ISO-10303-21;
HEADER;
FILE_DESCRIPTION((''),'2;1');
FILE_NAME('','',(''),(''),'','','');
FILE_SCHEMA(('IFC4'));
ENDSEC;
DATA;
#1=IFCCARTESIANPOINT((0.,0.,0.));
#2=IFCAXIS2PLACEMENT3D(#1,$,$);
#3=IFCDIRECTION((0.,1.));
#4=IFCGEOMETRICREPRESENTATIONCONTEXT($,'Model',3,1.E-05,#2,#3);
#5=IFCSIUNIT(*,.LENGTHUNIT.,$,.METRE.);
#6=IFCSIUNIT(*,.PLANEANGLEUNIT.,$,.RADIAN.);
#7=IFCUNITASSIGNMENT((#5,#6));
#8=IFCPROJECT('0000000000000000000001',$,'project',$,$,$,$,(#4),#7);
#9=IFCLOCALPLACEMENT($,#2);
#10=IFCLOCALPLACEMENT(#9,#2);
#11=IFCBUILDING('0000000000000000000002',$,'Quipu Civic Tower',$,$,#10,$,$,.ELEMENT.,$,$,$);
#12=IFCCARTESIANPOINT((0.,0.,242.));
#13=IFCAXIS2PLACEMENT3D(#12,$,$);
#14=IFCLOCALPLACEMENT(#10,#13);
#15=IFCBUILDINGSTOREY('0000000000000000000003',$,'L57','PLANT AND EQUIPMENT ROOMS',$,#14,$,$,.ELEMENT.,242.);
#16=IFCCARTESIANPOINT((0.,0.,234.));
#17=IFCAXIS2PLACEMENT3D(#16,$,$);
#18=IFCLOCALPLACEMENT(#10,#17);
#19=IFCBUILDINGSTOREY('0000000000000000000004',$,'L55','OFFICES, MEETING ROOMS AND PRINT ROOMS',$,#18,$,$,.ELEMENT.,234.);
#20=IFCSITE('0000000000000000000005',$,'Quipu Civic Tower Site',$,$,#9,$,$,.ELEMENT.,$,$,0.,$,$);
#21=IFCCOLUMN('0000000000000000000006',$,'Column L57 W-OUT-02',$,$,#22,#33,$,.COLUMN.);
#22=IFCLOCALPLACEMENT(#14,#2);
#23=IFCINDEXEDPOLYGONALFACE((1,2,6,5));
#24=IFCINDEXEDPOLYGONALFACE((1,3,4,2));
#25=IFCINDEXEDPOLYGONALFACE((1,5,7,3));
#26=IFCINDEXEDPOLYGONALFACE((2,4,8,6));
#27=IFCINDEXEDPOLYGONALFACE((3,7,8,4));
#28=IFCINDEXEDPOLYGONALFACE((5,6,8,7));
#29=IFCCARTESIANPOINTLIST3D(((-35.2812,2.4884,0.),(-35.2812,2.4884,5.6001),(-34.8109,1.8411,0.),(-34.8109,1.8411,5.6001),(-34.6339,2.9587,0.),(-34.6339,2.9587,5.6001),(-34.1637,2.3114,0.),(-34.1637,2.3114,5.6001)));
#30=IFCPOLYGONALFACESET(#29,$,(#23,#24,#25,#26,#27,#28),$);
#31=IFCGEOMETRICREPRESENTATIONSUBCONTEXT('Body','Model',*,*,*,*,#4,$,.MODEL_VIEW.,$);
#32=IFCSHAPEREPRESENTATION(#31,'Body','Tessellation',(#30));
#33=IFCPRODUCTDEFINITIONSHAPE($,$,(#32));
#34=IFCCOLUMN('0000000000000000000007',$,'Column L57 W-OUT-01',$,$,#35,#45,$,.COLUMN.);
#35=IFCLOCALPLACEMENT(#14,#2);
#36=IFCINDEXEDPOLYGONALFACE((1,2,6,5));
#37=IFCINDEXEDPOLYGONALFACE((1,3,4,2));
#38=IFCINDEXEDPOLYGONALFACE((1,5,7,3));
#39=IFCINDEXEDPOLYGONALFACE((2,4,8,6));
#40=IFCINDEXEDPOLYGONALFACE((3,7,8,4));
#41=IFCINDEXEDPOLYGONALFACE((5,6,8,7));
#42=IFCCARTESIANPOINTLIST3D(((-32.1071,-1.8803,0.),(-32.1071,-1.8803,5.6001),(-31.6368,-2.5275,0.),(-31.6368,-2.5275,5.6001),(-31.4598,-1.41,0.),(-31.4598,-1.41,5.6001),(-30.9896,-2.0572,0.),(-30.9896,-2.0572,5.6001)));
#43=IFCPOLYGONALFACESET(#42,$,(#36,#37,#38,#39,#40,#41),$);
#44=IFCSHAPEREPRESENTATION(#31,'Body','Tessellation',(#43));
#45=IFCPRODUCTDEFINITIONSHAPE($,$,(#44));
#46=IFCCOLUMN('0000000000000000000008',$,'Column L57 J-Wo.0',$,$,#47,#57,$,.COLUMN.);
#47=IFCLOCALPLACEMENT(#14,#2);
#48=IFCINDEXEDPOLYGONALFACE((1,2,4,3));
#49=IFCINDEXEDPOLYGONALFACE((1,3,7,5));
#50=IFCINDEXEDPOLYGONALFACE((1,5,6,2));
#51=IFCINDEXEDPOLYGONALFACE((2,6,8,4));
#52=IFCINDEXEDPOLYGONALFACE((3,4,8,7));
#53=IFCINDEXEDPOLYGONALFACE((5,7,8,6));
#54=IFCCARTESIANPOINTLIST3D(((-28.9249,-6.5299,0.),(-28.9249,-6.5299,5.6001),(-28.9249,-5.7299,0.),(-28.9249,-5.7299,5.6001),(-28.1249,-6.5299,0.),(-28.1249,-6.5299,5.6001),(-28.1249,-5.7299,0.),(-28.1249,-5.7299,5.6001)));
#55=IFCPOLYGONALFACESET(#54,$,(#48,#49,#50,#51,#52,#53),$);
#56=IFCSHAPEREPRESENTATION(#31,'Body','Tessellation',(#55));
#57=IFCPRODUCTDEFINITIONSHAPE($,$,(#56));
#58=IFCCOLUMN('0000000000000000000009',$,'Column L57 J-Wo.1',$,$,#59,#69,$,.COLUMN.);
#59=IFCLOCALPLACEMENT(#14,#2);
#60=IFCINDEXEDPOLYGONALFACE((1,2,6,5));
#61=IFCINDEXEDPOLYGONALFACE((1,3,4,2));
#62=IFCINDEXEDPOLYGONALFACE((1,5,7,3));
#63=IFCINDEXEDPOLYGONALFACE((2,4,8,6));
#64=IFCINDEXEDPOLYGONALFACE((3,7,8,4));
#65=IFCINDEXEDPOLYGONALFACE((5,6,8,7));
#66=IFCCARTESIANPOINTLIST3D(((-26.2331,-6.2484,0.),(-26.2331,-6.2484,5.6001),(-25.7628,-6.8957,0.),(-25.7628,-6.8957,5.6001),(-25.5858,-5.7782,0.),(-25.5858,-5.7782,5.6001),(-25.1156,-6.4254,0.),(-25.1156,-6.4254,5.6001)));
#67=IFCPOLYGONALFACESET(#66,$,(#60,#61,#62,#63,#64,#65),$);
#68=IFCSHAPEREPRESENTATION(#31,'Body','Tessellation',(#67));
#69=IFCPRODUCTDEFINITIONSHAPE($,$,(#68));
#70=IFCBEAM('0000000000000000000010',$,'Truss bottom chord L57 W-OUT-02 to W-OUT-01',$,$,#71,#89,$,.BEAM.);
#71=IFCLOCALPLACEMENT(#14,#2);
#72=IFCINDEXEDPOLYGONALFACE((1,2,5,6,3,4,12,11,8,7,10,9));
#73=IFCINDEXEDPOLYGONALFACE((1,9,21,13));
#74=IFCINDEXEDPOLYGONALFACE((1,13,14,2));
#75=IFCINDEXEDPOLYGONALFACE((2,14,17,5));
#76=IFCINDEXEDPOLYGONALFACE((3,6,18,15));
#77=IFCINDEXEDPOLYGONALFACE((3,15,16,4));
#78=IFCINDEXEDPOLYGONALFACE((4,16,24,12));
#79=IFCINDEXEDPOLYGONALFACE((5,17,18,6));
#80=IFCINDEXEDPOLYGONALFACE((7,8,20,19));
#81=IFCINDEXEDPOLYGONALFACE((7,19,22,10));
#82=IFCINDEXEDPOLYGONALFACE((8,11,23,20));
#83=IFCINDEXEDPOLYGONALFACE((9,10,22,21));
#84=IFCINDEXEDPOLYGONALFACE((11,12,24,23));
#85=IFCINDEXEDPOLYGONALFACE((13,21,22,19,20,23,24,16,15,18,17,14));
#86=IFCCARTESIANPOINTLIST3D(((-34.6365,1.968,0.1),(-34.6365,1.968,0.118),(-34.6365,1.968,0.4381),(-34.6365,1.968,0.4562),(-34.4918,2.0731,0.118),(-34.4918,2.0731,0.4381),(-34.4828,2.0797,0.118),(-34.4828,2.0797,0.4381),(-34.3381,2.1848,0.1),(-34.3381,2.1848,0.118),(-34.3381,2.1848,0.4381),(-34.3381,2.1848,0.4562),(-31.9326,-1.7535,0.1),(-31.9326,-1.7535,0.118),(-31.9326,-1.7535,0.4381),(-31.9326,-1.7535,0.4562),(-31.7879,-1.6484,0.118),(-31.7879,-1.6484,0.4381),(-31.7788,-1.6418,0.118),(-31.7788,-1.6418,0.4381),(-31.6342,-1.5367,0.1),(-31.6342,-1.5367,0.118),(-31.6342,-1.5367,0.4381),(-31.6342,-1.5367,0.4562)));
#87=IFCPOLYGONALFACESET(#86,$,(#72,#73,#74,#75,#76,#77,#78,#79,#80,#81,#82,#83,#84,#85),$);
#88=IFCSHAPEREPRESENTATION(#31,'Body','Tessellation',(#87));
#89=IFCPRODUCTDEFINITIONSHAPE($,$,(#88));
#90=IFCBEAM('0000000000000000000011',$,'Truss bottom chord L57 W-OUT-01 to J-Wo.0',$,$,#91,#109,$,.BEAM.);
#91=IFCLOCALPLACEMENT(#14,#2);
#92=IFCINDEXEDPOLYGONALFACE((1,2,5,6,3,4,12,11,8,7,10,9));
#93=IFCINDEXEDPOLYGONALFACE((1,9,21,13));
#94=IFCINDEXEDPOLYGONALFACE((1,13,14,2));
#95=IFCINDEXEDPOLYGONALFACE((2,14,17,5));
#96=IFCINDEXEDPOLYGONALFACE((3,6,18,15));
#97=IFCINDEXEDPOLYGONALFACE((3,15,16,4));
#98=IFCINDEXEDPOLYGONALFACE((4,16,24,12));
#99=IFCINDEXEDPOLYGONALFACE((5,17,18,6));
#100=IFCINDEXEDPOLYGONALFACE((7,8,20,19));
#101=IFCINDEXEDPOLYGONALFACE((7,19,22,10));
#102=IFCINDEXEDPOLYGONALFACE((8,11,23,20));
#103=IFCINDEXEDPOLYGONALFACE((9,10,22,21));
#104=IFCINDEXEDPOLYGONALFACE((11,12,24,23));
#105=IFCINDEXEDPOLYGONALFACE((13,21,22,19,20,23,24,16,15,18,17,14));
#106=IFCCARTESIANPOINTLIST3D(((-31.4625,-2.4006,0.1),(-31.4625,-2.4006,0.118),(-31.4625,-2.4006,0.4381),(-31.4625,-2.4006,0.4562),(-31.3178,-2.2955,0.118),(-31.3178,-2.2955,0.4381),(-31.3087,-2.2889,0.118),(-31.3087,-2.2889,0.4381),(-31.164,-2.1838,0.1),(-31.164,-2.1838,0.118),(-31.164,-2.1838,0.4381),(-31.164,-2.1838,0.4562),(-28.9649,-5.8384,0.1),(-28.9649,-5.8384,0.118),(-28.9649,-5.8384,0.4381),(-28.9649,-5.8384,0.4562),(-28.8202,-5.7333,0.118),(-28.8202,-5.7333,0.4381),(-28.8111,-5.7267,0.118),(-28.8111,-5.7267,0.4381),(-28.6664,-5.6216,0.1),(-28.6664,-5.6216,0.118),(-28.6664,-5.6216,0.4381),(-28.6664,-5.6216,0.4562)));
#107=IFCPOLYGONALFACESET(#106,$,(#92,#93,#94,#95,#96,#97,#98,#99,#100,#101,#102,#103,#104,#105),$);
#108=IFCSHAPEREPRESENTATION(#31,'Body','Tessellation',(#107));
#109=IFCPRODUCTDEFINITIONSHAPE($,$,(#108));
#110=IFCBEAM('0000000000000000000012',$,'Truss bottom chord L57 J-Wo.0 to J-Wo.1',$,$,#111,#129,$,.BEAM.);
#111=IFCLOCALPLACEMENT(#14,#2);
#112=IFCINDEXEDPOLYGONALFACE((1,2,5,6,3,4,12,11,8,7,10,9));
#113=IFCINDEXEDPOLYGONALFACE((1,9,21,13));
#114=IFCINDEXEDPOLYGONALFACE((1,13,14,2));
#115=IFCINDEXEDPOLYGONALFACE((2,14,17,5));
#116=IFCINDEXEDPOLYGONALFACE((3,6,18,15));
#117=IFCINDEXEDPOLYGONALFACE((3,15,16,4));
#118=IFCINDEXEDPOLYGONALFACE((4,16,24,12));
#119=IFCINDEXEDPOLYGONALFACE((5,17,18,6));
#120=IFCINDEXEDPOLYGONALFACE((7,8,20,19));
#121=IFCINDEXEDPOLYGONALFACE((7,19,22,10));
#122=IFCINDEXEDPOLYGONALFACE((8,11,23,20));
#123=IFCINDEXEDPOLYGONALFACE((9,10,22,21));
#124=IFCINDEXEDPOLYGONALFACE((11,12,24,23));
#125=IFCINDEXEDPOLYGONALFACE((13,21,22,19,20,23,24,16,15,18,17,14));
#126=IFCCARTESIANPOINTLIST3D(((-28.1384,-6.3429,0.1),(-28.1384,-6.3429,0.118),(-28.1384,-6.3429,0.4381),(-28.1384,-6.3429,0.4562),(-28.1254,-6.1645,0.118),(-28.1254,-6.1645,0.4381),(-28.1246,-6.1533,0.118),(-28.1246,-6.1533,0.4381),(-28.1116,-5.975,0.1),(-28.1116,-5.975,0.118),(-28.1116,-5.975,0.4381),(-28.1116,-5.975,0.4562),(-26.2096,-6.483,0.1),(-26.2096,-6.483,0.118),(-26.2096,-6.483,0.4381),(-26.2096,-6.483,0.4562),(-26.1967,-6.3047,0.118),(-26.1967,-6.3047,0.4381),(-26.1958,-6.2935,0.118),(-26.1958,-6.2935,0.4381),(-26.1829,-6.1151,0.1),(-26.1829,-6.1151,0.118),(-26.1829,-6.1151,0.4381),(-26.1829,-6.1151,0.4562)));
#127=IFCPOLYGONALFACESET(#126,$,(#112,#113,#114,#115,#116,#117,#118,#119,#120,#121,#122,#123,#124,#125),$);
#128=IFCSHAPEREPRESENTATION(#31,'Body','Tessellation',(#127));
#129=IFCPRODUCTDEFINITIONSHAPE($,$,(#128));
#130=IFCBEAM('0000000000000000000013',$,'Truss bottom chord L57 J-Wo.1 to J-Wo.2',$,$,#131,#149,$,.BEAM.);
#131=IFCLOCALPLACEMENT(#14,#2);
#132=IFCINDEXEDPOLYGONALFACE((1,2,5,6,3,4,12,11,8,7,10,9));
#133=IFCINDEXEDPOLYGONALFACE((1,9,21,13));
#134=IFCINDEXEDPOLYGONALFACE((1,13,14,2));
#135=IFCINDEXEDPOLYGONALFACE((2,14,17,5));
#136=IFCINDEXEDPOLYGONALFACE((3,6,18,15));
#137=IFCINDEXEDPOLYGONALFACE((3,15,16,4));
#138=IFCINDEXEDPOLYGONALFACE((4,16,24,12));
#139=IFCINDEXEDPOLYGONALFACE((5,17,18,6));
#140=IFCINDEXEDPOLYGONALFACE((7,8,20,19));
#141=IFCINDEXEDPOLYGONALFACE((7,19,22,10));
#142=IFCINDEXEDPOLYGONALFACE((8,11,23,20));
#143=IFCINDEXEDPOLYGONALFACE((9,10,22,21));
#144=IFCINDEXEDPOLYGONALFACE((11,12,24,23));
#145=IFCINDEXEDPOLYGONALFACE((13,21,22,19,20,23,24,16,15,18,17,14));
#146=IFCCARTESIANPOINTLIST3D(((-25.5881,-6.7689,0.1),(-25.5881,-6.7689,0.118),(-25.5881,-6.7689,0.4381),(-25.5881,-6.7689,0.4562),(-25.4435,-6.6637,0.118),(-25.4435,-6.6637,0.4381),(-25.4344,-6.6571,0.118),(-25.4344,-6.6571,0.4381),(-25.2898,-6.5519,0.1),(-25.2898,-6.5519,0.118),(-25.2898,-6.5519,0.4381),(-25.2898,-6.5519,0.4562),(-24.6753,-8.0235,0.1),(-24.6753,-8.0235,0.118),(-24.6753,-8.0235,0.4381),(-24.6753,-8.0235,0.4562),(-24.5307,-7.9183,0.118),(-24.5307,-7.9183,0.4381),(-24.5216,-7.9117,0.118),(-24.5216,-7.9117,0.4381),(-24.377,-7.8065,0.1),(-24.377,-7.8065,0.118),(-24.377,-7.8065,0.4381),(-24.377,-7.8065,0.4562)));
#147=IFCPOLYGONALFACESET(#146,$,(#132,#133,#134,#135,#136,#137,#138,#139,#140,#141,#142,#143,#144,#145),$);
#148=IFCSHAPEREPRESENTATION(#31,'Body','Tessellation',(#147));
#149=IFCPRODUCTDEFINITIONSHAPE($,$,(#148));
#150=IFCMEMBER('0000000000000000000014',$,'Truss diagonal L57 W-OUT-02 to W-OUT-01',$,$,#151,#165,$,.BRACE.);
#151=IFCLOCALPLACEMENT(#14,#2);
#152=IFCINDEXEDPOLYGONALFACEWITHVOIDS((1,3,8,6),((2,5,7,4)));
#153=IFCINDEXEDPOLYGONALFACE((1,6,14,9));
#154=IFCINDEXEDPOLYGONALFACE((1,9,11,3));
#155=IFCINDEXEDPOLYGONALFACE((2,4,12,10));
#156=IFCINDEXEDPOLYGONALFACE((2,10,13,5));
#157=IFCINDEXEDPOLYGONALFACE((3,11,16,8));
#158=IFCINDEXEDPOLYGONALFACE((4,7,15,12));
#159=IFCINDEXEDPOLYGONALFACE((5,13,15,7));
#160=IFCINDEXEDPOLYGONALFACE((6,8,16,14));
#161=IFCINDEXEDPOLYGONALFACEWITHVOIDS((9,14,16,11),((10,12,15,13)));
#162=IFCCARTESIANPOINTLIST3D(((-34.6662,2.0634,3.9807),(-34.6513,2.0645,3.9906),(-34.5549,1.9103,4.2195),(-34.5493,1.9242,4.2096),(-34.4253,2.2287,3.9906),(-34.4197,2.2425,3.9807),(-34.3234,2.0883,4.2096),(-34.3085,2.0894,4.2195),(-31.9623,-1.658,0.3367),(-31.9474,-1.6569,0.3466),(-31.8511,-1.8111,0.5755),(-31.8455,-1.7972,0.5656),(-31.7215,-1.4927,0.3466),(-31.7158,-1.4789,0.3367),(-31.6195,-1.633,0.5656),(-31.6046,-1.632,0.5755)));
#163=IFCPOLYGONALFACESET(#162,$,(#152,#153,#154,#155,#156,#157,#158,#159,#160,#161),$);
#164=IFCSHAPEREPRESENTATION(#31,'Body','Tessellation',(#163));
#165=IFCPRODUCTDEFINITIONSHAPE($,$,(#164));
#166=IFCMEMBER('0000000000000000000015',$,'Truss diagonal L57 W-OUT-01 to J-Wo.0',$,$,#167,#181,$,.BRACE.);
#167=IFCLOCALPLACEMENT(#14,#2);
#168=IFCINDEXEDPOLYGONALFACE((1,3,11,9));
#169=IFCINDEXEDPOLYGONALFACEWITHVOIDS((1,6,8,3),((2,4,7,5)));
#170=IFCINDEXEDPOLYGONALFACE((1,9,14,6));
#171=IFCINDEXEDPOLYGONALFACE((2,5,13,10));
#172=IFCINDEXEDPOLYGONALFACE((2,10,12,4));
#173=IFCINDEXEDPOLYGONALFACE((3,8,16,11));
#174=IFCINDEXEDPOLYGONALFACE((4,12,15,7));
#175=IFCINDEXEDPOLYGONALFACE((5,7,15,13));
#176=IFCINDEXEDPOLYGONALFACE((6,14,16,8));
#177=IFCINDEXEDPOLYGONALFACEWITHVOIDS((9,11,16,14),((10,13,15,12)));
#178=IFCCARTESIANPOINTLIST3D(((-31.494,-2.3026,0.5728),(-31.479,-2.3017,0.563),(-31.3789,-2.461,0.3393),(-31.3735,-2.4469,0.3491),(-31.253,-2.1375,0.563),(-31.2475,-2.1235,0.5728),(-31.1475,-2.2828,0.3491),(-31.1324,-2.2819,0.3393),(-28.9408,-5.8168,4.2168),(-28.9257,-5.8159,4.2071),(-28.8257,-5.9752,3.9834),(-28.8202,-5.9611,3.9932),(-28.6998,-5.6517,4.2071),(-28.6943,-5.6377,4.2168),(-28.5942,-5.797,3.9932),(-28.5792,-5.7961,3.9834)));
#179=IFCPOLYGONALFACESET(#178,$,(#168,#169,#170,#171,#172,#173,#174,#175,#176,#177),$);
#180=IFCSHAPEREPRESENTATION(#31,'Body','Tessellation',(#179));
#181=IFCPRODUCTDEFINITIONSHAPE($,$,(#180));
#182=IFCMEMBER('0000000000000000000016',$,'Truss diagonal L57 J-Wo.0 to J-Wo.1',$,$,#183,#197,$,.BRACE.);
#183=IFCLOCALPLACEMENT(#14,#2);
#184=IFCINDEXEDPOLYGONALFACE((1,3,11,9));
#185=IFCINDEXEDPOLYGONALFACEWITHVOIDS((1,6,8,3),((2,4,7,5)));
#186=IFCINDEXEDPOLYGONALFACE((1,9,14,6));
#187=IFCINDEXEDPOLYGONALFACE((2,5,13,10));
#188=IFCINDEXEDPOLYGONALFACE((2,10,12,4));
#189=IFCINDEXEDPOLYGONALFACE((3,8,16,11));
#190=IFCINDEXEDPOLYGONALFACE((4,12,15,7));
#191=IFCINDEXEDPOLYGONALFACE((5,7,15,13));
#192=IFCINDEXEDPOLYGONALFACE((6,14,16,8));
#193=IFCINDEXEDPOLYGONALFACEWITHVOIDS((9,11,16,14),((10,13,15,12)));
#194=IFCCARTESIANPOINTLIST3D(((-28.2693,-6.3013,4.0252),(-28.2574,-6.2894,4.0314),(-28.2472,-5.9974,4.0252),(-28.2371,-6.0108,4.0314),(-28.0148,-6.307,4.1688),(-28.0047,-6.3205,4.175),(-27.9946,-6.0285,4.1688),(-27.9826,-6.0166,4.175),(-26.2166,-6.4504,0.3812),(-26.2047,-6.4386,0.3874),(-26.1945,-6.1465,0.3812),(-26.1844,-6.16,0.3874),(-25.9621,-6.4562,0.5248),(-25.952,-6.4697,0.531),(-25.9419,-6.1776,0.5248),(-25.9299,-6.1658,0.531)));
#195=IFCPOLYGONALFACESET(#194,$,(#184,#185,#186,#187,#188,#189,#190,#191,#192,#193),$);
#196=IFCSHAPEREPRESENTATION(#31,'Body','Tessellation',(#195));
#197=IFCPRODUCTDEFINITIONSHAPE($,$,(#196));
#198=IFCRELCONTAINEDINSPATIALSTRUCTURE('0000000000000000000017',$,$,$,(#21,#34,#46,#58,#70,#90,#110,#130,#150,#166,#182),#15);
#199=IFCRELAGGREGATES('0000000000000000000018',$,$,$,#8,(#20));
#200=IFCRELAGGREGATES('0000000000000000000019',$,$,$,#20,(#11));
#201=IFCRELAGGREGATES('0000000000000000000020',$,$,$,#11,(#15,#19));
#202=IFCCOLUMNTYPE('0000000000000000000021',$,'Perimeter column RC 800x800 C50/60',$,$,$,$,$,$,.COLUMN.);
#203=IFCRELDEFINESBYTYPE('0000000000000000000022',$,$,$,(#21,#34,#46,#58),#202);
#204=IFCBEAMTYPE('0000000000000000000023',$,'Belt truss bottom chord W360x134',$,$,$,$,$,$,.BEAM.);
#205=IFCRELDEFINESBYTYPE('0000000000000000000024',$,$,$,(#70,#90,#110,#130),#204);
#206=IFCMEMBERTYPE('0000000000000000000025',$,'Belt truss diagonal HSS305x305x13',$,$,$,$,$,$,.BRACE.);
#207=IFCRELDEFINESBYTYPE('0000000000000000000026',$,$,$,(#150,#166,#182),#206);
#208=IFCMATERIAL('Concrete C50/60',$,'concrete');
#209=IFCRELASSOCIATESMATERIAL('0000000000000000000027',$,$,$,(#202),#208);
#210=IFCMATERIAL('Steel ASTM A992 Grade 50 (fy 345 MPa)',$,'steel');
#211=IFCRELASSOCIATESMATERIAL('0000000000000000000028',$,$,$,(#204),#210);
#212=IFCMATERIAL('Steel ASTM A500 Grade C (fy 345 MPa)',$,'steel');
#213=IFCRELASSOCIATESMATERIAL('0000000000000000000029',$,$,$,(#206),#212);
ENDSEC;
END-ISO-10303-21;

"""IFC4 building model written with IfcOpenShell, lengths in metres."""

from ifc_helpers import new_model, si_unit, direction, frame, origin, origin_2d, place, context, subcontext, project, spatial, rectangle, hollow_rectangle, i_section, extrude, material, material_profile, profile_set, type_object, element, save


model = new_model("IFC4")

# Units and contexts
model_context = context("Model", 3, precision=1e-05, world=origin(), true_north=direction((0.0, 1.0)))
body_context = subcontext(model_context, "Body", "Model", "MODEL_VIEW")
ifc_project = project(units=[si_unit("LENGTHUNIT", "METRE"), si_unit("PLANEANGLEUNIT", "RADIAN")], contexts=[model_context])

# Site, building, storey
site_placement = place(None, origin())
site = spatial("IfcSite", under=ifc_project, at=site_placement, Name="Quipu Civic Tower Site", CompositionType="ELEMENT", RefElevation=0.0)
building_placement = place(site_placement, origin())
building = spatial("IfcBuilding", under=site, at=building_placement, Name="Quipu Civic Tower", CompositionType="ELEMENT")
storey_1_placement = place(building_placement, frame((0.0, 0.0, 242.0)))
storey_1 = spatial("IfcBuildingStorey", under=building, at=storey_1_placement, Name="L57", Description="PLANT AND EQUIPMENT ROOMS", CompositionType="ELEMENT", Elevation=242.0)

# Columns
ifc_material_1 = material(Name="Concrete C50/60", Category="concrete")
ifc_material_profile_1 = material_profile(ifc_material_1, rectangle(XDim=0.8, YDim=0.8, at=origin_2d()), Name="RC800x800")
ifc_profile_set_1 = profile_set([ifc_material_profile_1], Name="Concrete C50/60")
column_type = type_object("IfcColumnType", Name="Perimeter column RC 800x800 C50/60", PredefinedType="COLUMN", material=ifc_profile_set_1)
for number, where, z_axis, x_axis, name in (
    (1, (-34.7224, 2.3999, 0.0), (0.0, 0.0, 1.0), (0.587785, -0.809017, 0.0), "Column L57 W-OUT-02"),
    (2, (-31.5483, -1.9688, 0.0), (0.0, 0.0, 1.0), (0.587785, -0.809017, 0.0), "Column L57 W-OUT-01"),
    (3, (-28.5249, -6.1299, 0.0), (0.0, 0.0, 1.0), (1.0, 0.0, 0.0), "Column L57 J-Wo.0"),
    (4, (-25.6743, -6.3369, 0.0), (0.0, 0.0, 1.0), (0.587785, -0.809017, 0.0), "Column L57 J-Wo.1"),
):
    element("IfcColumn", number, at=place(storey_1_placement, frame(where, z_axis=z_axis, x_axis=x_axis)), inside=storey_1, type_object=column_type, Name=name, PredefinedType="COLUMN", context=body_context, shape_type="SweptSolid", body=[
        extrude(rectangle(XDim=0.8, YDim=0.8, at=origin_2d()), origin(), (0.0, 0.0, 1.0), 5.6001),
    ])

# Beams
ifc_material_2 = material(Name="Steel ASTM A992 Grade 50 (fy 345 MPa)", Category="steel")
ifc_material_profile_2 = material_profile(ifc_material_2, i_section(OverallWidth=0.3689, OverallDepth=0.3562, WebThickness=0.0112, FlangeThickness=0.0181, at=origin_2d()), Name="W360x134")
ifc_profile_set_2 = profile_set([ifc_material_profile_2], Name="Steel ASTM A992 Grade 50 (fy 345 MPa)")
beam_type_1 = type_object("IfcBeamType", Name="Belt truss bottom chord W360x134", PredefinedType="BEAM", material=ifc_profile_set_2)
beam_1_placement = place(storey_1_placement, frame((-34.4873, 2.0764, 0.2781), z_axis=(0.587796, -0.809009, 0.0), x_axis=(0.809009, 0.587796, 0.0)))
element("IfcBeam", 5, at=beam_1_placement, inside=storey_1, type_object=beam_type_1, Name="Truss bottom chord L57 W-OUT-02 to W-OUT-01", PredefinedType="BEAM", context=body_context, shape_type="SweptSolid", body=[
    extrude(i_section(OverallWidth=0.3689, OverallDepth=0.3562, WebThickness=0.0112, FlangeThickness=0.0181, at=origin_2d()), origin(), (0.0, 0.0, 1.0), 4.6001),
])
beam_2_placement = place(storey_1_placement, frame((-31.3132, -2.2922, 0.2781), z_axis=(0.587769, -0.809029, 0.0), x_axis=(0.809029, 0.587769, 0.0)))
element("IfcBeam", 6, at=beam_2_placement, inside=storey_1, type_object=beam_type_1, Name="Truss bottom chord L57 W-OUT-01 to J-Wo.0", PredefinedType="BEAM", context=body_context, shape_type="SweptSolid", body=[
    extrude(i_section(OverallWidth=0.3689, OverallDepth=0.3562, WebThickness=0.0112, FlangeThickness=0.0181, at=origin_2d()), origin(), (0.0, 0.0, 1.0), 4.2493),
])
beam_3_placement = place(storey_1_placement, frame((-28.125, -6.1589, 0.2781), z_axis=(0.997371, -0.072467, 0.0), x_axis=(0.072467, 0.997371, 0.0)))
element("IfcBeam", 7, at=beam_3_placement, inside=storey_1, type_object=beam_type_1, Name="Truss bottom chord L57 J-Wo.0 to J-Wo.1", PredefinedType="BEAM", context=body_context, shape_type="SweptSolid", body=[
    extrude(i_section(OverallWidth=0.3689, OverallDepth=0.3562, WebThickness=0.0112, FlangeThickness=0.0181, at=origin_2d()), origin(), (0.0, 0.0, 1.0), 1.9338),
])
beam_4_placement = place(storey_1_placement, frame((-25.439, -6.6604, 0.2781), z_axis=(0.588331, -0.80862, 0.0), x_axis=(0.80862, 0.588331, 0.0)))
element("IfcBeam", 8, at=beam_4_placement, inside=storey_1, type_object=beam_type_1, Name="Truss bottom chord L57 J-Wo.1 to J-Wo.2", PredefinedType="BEAM", context=body_context, shape_type="SweptSolid", body=[
    extrude(i_section(OverallWidth=0.3689, OverallDepth=0.3562, WebThickness=0.0112, FlangeThickness=0.0181, at=origin_2d()), origin(), (0.0, 0.0, 1.0), 1.5515),
])

# Members
ifc_material_3 = material(Name="Steel ASTM A500 Grade C (fy 345 MPa)", Category="steel")
ifc_material_profile_3 = material_profile(ifc_material_3, hollow_rectangle(XDim=0.3047, YDim=0.3047, WallThickness=0.0127, at=origin_2d()), Name="HSS305x305x13")
ifc_profile_set_3 = profile_set([ifc_material_profile_3], Name="Steel ASTM A500 Grade C (fy 345 MPa)")
member_type_1 = type_object("IfcMemberType", Name="Belt truss diagonal HSS305x305x13", PredefinedType="BRACE", material=ifc_profile_set_3)
member_1_placement = place(storey_1_placement, frame((-34.4873, 2.0764, 4.1001), z_axis=(0.460743, -0.63414, -0.620952), x_axis=(0.809009, 0.587796, 0.0)))
element("IfcMember", 9, at=member_1_placement, inside=storey_1, type_object=member_type_1, Name="Truss diagonal L57 W-OUT-02 to W-OUT-01", PredefinedType="BRACE", context=body_context, shape_type="SweptSolid", body=[
    extrude(hollow_rectangle(XDim=0.3047, YDim=0.3047, WallThickness=0.0127, at=origin_2d()), origin(), (0.0, 0.0, 1.0), 5.8684),
])
member_2_placement = place(storey_1_placement, frame((-31.3132, -2.2922, 0.4561), z_axis=(0.450315, -0.619797, 0.642704), x_axis=(0.809013, 0.587791, 0.0)))
element("IfcMember", 10, at=member_2_placement, inside=storey_1, type_object=member_type_1, Name="Truss diagonal L57 W-OUT-01 to J-Wo.0", PredefinedType="BRACE", context=body_context, shape_type="SweptSolid", body=[
    extrude(hollow_rectangle(XDim=0.3047, YDim=0.3047, WallThickness=0.0127, at=origin_2d()), origin(), (0.0, 0.0, 1.0), 5.6699),
])
member_3_placement = place(storey_1_placement, frame((-28.126, -6.1589, 4.1001), z_axis=(0.490487, -0.035643, -0.870719), x_axis=(0.072478, 0.99737, 0.0)))
element("IfcMember", 11, at=member_3_placement, inside=storey_1, type_object=member_type_1, Name="Truss diagonal L57 J-Wo.0 to J-Wo.1", PredefinedType="BRACE", context=body_context, shape_type="SweptSolid", body=[
    extrude(hollow_rectangle(XDim=0.3047, YDim=0.3047, WallThickness=0.0127, at=origin_2d()), origin(), (0.0, 0.0, 1.0), 4.1851),
])

# Shared definitions
storey_2_placement = place(building_placement, frame((0.0, 0.0, 234.0)))
storey_2 = spatial("IfcBuildingStorey", under=building, at=storey_2_placement, Name="L55", Description="OFFICES, MEETING ROOMS AND PRINT ROOMS", CompositionType="ELEMENT", Elevation=234.0)

save(model, "model.ifc")
